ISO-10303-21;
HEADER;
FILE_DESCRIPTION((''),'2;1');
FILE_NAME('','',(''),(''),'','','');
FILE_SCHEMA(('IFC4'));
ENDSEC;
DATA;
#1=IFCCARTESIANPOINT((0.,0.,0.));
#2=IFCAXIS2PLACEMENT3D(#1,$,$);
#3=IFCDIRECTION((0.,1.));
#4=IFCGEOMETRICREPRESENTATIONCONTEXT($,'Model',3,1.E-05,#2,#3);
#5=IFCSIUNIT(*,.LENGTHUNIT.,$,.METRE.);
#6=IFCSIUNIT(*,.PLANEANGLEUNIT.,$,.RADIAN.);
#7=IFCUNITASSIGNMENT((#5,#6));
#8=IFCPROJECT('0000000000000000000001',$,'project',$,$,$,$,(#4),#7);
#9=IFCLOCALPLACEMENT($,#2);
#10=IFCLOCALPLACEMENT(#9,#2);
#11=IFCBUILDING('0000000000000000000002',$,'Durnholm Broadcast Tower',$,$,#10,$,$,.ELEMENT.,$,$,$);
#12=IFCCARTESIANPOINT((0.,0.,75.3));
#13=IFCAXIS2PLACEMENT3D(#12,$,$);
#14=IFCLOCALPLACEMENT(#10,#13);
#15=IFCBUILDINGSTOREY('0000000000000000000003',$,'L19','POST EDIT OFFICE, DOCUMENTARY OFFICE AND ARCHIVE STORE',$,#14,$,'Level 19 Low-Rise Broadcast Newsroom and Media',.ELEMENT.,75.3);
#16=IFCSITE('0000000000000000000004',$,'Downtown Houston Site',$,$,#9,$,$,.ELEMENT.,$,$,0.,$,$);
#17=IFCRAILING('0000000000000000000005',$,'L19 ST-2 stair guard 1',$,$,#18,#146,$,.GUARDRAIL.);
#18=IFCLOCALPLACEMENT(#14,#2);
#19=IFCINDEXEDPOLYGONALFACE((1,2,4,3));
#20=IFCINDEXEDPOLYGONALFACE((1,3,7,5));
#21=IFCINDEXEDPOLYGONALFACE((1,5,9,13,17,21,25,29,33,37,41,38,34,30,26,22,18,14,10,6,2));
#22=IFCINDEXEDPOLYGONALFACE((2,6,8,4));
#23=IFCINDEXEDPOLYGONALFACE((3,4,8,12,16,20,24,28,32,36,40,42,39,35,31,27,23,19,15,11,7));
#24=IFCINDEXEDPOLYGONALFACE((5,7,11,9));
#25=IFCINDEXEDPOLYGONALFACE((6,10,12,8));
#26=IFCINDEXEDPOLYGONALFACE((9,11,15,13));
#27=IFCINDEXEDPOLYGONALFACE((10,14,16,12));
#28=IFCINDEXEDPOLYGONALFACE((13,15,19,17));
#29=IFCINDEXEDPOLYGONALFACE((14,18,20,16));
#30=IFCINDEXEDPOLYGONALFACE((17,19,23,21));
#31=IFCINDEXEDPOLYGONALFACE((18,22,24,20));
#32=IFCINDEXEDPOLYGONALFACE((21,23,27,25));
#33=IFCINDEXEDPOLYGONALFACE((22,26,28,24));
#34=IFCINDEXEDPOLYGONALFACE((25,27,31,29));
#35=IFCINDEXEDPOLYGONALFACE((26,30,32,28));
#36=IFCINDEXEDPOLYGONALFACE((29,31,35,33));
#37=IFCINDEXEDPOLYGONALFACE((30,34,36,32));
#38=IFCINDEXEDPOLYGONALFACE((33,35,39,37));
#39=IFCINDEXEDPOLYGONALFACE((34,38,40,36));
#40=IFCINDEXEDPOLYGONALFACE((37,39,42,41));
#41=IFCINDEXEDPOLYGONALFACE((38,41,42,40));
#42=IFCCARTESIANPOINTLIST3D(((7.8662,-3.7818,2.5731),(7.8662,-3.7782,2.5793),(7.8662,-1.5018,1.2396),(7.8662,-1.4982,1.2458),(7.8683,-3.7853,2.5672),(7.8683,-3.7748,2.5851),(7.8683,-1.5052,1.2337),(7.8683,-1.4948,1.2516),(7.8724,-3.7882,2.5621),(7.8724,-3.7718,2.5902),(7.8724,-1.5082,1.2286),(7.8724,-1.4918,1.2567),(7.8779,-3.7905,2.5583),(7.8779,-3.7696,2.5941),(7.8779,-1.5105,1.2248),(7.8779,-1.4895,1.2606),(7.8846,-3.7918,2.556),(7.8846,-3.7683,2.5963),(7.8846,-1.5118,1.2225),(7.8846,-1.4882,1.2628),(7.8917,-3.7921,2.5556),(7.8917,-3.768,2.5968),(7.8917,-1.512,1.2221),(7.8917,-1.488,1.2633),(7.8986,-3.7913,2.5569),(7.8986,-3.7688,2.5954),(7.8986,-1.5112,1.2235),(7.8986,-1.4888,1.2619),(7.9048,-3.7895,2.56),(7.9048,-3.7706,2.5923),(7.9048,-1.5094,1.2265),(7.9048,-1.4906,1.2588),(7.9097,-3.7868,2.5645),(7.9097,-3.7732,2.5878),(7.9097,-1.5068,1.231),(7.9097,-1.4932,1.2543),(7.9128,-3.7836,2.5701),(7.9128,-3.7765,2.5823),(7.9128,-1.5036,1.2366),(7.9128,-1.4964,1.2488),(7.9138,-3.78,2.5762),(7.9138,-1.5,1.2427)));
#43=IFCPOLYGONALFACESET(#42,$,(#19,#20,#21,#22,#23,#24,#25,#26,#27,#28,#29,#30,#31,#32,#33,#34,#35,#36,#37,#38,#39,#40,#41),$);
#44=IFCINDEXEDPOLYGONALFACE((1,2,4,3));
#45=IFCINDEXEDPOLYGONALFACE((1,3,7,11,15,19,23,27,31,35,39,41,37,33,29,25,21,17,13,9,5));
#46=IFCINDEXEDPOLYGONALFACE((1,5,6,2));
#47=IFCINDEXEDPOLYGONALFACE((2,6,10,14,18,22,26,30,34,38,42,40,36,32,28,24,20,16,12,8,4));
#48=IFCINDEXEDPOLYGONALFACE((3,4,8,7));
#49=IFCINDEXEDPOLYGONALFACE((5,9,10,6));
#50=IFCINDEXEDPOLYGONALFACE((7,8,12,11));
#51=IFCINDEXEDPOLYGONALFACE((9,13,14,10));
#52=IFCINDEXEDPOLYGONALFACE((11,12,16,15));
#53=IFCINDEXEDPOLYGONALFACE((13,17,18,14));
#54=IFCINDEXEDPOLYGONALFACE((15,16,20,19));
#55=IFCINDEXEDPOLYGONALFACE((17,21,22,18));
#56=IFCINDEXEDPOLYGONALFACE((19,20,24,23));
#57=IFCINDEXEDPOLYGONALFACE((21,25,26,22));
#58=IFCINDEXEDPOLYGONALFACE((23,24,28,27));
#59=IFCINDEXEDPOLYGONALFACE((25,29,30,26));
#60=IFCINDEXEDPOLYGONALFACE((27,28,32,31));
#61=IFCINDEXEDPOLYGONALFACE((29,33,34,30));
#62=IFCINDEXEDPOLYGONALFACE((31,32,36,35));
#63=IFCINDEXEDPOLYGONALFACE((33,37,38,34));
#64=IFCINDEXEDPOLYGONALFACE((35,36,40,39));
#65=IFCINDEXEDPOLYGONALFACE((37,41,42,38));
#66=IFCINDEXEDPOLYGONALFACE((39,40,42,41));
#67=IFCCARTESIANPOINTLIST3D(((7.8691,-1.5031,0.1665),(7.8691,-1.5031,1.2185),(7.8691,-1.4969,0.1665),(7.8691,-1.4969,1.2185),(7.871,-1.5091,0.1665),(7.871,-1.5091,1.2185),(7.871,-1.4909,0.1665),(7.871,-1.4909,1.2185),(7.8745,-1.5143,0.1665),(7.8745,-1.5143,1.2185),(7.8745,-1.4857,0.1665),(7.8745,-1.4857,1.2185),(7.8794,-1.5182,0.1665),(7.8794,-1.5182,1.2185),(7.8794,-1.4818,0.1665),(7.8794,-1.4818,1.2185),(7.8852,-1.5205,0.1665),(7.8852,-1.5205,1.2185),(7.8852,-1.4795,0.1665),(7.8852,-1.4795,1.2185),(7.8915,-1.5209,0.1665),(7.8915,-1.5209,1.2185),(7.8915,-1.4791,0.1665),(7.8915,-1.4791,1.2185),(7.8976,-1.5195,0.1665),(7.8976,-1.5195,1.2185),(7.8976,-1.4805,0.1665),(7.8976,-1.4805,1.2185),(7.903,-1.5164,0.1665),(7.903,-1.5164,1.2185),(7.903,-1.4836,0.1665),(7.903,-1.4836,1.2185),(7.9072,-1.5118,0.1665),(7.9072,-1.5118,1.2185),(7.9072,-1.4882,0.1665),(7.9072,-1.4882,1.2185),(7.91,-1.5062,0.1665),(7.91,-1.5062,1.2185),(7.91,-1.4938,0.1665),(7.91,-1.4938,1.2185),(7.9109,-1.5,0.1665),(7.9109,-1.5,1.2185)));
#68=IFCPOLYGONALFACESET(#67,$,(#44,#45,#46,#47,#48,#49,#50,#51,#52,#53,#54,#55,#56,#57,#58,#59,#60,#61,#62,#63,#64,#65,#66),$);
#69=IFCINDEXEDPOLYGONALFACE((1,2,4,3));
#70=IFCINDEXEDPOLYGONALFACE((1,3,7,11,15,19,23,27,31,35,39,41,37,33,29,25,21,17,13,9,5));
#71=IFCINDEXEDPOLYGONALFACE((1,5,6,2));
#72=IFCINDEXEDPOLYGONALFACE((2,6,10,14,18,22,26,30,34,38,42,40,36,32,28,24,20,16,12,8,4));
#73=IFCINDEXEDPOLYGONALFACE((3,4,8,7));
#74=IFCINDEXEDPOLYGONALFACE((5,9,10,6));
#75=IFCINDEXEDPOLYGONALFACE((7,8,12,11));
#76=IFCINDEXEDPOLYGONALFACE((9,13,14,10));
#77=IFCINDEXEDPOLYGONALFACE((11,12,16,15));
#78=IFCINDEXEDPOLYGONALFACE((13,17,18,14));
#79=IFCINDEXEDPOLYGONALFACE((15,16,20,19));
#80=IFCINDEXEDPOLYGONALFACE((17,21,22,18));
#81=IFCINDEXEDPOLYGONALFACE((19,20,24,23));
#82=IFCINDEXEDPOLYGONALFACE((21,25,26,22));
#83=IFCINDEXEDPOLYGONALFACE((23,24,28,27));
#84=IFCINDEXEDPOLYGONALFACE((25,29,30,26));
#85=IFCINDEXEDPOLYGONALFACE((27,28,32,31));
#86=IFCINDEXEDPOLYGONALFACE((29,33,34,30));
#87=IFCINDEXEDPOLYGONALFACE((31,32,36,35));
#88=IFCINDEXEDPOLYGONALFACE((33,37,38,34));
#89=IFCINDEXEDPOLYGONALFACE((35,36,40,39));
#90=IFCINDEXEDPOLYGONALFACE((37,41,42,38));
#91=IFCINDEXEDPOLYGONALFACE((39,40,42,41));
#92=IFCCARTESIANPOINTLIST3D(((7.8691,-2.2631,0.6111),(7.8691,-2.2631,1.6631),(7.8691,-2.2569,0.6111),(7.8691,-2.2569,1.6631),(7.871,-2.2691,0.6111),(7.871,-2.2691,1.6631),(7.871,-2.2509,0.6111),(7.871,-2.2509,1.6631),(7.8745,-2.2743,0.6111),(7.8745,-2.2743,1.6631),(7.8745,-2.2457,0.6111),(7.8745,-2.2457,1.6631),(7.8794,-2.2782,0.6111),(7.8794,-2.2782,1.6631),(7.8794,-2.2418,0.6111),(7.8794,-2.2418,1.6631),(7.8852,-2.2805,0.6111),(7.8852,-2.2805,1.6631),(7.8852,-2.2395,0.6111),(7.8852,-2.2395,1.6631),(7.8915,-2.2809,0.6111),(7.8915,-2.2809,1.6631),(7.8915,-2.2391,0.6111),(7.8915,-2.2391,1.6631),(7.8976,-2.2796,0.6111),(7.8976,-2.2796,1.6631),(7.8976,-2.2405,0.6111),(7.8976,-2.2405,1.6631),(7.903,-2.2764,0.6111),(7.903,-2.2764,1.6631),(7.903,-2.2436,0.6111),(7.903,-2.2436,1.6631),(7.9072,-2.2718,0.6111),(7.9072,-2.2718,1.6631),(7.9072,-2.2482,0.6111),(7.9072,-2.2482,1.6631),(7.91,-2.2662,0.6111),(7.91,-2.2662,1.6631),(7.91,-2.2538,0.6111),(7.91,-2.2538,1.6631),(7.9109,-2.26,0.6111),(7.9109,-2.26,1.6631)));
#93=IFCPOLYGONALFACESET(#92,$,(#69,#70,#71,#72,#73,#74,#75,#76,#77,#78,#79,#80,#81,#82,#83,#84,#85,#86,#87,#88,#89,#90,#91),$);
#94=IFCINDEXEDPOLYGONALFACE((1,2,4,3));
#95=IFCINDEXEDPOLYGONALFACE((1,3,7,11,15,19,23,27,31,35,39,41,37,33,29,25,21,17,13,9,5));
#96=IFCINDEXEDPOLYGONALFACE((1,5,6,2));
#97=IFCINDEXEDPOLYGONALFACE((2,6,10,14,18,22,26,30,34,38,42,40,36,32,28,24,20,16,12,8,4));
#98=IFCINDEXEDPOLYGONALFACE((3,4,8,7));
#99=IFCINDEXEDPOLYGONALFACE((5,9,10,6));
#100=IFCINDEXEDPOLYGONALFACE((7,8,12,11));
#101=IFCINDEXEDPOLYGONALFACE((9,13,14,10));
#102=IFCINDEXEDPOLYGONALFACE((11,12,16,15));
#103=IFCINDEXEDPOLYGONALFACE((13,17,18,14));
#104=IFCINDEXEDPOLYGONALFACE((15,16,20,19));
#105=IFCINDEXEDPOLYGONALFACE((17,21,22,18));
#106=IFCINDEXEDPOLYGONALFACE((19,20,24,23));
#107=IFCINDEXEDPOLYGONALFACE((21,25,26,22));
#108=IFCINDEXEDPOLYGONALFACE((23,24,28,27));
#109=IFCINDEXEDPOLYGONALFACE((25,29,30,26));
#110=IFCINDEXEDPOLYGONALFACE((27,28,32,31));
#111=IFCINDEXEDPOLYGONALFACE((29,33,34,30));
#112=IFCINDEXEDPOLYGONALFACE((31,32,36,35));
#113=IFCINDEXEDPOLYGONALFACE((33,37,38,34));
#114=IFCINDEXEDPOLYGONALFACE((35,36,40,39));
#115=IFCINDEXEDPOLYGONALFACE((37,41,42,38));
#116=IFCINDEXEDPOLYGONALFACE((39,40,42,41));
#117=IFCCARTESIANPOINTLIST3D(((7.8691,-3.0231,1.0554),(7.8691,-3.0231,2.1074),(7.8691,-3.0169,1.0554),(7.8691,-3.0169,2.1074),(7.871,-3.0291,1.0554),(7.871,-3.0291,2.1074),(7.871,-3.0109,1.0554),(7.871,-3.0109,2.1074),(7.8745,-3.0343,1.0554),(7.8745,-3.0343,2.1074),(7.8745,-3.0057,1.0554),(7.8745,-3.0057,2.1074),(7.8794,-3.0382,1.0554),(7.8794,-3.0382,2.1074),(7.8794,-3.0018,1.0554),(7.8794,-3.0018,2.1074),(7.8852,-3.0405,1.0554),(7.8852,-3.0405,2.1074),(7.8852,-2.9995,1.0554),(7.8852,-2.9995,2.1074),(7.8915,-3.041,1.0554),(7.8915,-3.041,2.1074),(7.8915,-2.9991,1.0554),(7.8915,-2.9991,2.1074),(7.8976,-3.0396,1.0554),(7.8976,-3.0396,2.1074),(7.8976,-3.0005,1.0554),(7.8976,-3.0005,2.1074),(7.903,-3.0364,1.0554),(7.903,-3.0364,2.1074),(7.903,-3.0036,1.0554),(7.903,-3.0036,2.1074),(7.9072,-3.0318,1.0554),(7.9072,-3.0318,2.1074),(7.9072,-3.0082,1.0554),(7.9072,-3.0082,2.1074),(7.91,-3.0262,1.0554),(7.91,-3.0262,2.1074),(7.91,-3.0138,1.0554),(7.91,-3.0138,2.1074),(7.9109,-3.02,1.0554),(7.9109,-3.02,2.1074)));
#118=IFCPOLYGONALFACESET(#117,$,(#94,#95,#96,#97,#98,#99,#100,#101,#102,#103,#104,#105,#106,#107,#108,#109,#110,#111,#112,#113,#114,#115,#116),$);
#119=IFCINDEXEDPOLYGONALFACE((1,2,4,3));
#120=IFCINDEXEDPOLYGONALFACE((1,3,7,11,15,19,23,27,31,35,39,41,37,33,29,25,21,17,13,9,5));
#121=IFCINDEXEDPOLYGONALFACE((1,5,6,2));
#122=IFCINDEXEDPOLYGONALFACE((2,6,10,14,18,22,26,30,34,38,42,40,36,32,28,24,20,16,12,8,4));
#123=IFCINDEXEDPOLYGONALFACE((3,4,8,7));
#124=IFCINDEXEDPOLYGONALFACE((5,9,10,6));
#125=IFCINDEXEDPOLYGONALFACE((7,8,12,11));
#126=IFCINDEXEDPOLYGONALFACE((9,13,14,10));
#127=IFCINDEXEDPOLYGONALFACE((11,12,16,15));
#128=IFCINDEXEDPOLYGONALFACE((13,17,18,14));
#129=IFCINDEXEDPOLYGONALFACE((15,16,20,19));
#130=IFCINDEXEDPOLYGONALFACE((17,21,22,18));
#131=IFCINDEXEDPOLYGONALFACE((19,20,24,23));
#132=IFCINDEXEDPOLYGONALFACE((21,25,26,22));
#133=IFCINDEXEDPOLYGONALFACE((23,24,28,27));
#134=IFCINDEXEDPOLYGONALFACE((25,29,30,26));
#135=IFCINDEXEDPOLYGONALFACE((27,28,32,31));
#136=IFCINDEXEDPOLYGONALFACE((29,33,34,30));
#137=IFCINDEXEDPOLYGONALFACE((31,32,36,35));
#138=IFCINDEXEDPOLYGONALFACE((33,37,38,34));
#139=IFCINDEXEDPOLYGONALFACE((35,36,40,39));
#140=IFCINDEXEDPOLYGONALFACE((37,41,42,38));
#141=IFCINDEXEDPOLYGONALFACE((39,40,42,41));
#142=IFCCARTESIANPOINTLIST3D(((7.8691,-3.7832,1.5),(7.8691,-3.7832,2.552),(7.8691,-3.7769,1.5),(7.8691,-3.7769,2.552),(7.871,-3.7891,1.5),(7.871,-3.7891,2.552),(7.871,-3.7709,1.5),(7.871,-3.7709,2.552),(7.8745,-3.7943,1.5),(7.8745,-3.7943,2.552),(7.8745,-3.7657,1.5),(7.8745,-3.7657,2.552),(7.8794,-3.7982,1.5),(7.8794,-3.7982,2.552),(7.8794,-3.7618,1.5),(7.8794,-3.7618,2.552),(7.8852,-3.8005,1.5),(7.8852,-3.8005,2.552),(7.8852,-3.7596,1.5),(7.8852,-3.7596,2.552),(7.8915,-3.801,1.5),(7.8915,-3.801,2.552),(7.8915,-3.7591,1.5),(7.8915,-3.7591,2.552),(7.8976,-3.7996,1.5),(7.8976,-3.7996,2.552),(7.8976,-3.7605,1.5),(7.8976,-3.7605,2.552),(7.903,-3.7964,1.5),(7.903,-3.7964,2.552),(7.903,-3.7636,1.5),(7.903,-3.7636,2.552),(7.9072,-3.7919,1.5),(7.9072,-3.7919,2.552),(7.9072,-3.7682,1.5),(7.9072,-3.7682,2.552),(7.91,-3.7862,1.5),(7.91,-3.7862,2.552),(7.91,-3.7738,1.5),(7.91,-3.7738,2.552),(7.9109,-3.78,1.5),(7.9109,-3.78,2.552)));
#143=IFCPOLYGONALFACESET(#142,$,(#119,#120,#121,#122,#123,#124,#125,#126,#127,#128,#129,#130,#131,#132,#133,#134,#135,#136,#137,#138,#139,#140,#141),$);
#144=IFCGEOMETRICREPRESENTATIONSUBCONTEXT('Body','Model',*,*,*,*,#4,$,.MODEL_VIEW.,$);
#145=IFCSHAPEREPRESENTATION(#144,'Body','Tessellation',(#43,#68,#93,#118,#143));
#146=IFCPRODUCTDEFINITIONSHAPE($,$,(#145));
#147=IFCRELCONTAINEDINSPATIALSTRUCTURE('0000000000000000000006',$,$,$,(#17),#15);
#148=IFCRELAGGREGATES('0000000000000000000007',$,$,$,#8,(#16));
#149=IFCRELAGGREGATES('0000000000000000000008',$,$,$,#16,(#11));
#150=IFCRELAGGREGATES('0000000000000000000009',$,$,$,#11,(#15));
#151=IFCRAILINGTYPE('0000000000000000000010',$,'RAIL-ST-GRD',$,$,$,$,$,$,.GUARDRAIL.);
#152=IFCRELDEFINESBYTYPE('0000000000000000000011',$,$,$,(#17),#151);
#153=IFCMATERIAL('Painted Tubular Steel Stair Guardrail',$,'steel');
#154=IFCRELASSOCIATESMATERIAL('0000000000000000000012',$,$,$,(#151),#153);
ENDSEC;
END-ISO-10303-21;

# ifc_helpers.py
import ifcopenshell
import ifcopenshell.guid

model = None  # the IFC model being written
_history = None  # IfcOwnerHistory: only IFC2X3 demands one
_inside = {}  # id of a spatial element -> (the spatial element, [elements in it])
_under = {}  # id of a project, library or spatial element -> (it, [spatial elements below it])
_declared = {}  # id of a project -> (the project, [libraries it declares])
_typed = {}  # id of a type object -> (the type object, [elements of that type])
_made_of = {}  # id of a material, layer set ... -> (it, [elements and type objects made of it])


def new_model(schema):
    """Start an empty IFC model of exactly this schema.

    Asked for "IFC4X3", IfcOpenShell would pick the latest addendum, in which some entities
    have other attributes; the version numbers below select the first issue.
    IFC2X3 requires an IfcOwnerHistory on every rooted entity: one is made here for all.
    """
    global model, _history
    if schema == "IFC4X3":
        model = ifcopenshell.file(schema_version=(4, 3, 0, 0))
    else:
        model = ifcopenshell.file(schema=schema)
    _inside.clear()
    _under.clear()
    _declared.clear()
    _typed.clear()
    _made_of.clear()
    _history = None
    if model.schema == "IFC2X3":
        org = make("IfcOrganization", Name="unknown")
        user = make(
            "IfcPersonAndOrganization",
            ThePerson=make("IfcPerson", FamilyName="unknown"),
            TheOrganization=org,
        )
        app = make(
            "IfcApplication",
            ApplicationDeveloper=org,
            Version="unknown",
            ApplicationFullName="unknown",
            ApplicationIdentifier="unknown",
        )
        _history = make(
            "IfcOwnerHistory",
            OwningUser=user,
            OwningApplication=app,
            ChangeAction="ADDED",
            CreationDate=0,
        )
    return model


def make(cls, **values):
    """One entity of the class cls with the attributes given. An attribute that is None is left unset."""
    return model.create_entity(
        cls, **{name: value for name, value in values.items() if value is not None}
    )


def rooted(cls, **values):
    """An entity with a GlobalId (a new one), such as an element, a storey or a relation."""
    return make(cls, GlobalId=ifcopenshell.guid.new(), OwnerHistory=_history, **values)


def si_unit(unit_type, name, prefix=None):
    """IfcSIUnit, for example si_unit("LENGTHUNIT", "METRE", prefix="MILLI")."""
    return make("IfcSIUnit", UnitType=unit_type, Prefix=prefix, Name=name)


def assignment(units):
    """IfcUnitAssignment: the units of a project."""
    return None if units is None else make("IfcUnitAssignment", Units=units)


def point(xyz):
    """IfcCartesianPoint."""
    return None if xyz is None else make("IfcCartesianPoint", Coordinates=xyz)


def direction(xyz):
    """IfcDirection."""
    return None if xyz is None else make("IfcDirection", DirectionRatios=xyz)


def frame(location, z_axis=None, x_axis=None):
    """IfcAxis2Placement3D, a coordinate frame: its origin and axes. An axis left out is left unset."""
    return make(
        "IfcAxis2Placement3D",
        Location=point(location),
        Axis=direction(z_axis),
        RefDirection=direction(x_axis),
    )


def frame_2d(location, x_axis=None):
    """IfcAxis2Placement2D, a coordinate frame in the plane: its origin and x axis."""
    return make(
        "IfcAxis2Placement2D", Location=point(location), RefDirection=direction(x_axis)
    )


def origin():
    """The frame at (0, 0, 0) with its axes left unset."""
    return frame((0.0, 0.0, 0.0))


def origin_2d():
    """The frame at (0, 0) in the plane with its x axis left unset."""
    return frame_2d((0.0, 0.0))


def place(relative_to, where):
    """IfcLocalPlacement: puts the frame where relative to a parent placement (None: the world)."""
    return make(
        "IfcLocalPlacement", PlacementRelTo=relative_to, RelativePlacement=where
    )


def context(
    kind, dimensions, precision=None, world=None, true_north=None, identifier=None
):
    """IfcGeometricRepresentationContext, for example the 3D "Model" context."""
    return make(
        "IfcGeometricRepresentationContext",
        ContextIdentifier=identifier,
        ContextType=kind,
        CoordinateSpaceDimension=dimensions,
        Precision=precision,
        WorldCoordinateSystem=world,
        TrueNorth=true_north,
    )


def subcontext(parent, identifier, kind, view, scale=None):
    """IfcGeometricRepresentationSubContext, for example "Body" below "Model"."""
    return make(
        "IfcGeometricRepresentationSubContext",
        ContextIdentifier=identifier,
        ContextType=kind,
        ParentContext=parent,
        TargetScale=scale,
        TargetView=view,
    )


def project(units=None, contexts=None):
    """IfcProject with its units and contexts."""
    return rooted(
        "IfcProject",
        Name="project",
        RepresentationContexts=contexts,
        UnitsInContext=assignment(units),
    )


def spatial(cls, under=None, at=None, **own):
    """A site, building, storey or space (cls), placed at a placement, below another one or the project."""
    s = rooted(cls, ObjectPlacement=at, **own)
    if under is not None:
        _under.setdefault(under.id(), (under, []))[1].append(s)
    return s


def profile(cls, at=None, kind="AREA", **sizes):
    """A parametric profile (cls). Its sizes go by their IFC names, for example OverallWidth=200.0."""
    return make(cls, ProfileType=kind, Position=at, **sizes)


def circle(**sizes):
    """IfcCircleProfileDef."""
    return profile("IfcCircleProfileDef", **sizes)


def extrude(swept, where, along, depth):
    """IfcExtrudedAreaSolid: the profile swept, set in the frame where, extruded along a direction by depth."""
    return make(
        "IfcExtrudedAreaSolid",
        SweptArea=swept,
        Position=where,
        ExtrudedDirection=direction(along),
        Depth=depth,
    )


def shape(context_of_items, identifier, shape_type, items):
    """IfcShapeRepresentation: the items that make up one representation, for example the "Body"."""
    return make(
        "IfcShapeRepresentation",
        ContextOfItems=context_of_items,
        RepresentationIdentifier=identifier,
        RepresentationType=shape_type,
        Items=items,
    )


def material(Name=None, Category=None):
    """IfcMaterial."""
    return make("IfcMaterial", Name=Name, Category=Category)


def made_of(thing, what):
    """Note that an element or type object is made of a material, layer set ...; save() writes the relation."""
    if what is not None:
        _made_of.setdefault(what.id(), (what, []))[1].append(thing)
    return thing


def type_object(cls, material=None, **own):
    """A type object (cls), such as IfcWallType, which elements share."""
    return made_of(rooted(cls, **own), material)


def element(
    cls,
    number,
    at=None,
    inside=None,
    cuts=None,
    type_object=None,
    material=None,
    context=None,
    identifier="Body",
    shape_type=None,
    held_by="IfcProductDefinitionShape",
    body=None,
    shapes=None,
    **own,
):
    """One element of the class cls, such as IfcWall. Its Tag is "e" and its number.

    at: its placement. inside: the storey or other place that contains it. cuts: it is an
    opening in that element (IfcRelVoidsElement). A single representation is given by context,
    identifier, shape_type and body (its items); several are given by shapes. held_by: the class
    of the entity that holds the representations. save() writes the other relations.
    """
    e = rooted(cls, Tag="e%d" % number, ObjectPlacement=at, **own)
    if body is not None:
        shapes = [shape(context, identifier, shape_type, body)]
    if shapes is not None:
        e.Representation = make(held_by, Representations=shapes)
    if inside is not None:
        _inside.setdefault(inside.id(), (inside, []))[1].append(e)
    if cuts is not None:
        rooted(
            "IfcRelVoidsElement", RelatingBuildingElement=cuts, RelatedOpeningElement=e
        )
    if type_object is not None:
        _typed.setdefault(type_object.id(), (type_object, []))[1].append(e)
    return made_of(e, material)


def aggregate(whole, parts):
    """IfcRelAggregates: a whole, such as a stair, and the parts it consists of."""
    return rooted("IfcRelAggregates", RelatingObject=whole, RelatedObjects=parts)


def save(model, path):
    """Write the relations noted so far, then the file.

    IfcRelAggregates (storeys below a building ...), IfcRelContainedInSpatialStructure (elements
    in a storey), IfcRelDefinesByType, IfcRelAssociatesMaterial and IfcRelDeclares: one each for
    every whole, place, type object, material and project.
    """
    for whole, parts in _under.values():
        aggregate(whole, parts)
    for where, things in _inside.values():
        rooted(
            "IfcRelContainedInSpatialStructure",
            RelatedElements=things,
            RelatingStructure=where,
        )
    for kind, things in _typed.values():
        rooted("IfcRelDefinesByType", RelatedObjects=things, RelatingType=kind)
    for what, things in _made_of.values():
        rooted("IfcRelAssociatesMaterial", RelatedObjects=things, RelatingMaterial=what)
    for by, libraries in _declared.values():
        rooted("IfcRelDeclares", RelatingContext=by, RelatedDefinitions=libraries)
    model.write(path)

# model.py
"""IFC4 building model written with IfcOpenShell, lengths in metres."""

from ifc_helpers import new_model, si_unit, direction, frame, origin, origin_2d, place, context, subcontext, project, spatial, circle, extrude, material, type_object, element, save


model = new_model("IFC4")

# Units and contexts
model_context = context("Model", 3, precision=1e-05, world=origin(), true_north=direction((0.0, 1.0)))
body_context = subcontext(model_context, "Body", "Model", "MODEL_VIEW")
ifc_project = project(units=[si_unit("LENGTHUNIT", "METRE"), si_unit("PLANEANGLEUNIT", "RADIAN")], contexts=[model_context])

# Site, building, storey
site_placement = place(None, origin())
site = spatial("IfcSite", under=ifc_project, at=site_placement, Name="Downtown Houston Site", CompositionType="ELEMENT", RefElevation=0.0)
building_placement = place(site_placement, origin())
building = spatial("IfcBuilding", under=site, at=building_placement, Name="Durnholm Broadcast Tower", CompositionType="ELEMENT")
storey_placement = place(building_placement, frame((0.0, 0.0, 75.3)))
storey = spatial("IfcBuildingStorey", under=building, at=storey_placement, Name="L19", Description="POST EDIT OFFICE, DOCUMENTARY OFFICE AND ARCHIVE STORE", LongName="Level 19 Low-Rise Broadcast Newsroom and Media", CompositionType="ELEMENT", Elevation=75.3)

# Railing
ifc_material_1 = material(Name="Painted Tubular Steel Stair Guardrail", Category="steel")
railing_type_1 = type_object("IfcRailingType", Name="RAIL-ST-GRD", PredefinedType="GUARDRAIL", material=ifc_material_1)
railing_1_placement = place(storey_placement, frame((7.8899, -1.5, 0.1665)))
element("IfcRailing", 1, at=railing_1_placement, inside=storey, type_object=railing_type_1, Name="L19 ST-2 stair guard 1", PredefinedType="GUARDRAIL", context=body_context, shape_type="SweptSolid", body=[
    extrude(circle(Radius=0.0239, at=origin_2d()), frame((0.0, 0.0, 1.0762), z_axis=(0.0, -0.863205, 0.504853), x_axis=(1.0, 0.0, 0.0)), (0.0, 0.0, 1.0), 2.6414),
    extrude(circle(Radius=0.021, at=origin_2d()), origin(), (0.0, 0.0, 1.0), 1.052),
    extrude(circle(Radius=0.021, at=origin_2d()), frame((0.0, -0.76, 0.4446)), (0.0, 0.0, 1.0), 1.052),
    extrude(circle(Radius=0.021, at=origin_2d()), frame((0.0, -1.52, 0.8889)), (0.0, 0.0, 1.0), 1.052),
    extrude(circle(Radius=0.021, at=origin_2d()), frame((0.0, -2.28, 1.3335)), (0.0, 0.0, 1.0), 1.052),
])

save(model, "model.ifc")
